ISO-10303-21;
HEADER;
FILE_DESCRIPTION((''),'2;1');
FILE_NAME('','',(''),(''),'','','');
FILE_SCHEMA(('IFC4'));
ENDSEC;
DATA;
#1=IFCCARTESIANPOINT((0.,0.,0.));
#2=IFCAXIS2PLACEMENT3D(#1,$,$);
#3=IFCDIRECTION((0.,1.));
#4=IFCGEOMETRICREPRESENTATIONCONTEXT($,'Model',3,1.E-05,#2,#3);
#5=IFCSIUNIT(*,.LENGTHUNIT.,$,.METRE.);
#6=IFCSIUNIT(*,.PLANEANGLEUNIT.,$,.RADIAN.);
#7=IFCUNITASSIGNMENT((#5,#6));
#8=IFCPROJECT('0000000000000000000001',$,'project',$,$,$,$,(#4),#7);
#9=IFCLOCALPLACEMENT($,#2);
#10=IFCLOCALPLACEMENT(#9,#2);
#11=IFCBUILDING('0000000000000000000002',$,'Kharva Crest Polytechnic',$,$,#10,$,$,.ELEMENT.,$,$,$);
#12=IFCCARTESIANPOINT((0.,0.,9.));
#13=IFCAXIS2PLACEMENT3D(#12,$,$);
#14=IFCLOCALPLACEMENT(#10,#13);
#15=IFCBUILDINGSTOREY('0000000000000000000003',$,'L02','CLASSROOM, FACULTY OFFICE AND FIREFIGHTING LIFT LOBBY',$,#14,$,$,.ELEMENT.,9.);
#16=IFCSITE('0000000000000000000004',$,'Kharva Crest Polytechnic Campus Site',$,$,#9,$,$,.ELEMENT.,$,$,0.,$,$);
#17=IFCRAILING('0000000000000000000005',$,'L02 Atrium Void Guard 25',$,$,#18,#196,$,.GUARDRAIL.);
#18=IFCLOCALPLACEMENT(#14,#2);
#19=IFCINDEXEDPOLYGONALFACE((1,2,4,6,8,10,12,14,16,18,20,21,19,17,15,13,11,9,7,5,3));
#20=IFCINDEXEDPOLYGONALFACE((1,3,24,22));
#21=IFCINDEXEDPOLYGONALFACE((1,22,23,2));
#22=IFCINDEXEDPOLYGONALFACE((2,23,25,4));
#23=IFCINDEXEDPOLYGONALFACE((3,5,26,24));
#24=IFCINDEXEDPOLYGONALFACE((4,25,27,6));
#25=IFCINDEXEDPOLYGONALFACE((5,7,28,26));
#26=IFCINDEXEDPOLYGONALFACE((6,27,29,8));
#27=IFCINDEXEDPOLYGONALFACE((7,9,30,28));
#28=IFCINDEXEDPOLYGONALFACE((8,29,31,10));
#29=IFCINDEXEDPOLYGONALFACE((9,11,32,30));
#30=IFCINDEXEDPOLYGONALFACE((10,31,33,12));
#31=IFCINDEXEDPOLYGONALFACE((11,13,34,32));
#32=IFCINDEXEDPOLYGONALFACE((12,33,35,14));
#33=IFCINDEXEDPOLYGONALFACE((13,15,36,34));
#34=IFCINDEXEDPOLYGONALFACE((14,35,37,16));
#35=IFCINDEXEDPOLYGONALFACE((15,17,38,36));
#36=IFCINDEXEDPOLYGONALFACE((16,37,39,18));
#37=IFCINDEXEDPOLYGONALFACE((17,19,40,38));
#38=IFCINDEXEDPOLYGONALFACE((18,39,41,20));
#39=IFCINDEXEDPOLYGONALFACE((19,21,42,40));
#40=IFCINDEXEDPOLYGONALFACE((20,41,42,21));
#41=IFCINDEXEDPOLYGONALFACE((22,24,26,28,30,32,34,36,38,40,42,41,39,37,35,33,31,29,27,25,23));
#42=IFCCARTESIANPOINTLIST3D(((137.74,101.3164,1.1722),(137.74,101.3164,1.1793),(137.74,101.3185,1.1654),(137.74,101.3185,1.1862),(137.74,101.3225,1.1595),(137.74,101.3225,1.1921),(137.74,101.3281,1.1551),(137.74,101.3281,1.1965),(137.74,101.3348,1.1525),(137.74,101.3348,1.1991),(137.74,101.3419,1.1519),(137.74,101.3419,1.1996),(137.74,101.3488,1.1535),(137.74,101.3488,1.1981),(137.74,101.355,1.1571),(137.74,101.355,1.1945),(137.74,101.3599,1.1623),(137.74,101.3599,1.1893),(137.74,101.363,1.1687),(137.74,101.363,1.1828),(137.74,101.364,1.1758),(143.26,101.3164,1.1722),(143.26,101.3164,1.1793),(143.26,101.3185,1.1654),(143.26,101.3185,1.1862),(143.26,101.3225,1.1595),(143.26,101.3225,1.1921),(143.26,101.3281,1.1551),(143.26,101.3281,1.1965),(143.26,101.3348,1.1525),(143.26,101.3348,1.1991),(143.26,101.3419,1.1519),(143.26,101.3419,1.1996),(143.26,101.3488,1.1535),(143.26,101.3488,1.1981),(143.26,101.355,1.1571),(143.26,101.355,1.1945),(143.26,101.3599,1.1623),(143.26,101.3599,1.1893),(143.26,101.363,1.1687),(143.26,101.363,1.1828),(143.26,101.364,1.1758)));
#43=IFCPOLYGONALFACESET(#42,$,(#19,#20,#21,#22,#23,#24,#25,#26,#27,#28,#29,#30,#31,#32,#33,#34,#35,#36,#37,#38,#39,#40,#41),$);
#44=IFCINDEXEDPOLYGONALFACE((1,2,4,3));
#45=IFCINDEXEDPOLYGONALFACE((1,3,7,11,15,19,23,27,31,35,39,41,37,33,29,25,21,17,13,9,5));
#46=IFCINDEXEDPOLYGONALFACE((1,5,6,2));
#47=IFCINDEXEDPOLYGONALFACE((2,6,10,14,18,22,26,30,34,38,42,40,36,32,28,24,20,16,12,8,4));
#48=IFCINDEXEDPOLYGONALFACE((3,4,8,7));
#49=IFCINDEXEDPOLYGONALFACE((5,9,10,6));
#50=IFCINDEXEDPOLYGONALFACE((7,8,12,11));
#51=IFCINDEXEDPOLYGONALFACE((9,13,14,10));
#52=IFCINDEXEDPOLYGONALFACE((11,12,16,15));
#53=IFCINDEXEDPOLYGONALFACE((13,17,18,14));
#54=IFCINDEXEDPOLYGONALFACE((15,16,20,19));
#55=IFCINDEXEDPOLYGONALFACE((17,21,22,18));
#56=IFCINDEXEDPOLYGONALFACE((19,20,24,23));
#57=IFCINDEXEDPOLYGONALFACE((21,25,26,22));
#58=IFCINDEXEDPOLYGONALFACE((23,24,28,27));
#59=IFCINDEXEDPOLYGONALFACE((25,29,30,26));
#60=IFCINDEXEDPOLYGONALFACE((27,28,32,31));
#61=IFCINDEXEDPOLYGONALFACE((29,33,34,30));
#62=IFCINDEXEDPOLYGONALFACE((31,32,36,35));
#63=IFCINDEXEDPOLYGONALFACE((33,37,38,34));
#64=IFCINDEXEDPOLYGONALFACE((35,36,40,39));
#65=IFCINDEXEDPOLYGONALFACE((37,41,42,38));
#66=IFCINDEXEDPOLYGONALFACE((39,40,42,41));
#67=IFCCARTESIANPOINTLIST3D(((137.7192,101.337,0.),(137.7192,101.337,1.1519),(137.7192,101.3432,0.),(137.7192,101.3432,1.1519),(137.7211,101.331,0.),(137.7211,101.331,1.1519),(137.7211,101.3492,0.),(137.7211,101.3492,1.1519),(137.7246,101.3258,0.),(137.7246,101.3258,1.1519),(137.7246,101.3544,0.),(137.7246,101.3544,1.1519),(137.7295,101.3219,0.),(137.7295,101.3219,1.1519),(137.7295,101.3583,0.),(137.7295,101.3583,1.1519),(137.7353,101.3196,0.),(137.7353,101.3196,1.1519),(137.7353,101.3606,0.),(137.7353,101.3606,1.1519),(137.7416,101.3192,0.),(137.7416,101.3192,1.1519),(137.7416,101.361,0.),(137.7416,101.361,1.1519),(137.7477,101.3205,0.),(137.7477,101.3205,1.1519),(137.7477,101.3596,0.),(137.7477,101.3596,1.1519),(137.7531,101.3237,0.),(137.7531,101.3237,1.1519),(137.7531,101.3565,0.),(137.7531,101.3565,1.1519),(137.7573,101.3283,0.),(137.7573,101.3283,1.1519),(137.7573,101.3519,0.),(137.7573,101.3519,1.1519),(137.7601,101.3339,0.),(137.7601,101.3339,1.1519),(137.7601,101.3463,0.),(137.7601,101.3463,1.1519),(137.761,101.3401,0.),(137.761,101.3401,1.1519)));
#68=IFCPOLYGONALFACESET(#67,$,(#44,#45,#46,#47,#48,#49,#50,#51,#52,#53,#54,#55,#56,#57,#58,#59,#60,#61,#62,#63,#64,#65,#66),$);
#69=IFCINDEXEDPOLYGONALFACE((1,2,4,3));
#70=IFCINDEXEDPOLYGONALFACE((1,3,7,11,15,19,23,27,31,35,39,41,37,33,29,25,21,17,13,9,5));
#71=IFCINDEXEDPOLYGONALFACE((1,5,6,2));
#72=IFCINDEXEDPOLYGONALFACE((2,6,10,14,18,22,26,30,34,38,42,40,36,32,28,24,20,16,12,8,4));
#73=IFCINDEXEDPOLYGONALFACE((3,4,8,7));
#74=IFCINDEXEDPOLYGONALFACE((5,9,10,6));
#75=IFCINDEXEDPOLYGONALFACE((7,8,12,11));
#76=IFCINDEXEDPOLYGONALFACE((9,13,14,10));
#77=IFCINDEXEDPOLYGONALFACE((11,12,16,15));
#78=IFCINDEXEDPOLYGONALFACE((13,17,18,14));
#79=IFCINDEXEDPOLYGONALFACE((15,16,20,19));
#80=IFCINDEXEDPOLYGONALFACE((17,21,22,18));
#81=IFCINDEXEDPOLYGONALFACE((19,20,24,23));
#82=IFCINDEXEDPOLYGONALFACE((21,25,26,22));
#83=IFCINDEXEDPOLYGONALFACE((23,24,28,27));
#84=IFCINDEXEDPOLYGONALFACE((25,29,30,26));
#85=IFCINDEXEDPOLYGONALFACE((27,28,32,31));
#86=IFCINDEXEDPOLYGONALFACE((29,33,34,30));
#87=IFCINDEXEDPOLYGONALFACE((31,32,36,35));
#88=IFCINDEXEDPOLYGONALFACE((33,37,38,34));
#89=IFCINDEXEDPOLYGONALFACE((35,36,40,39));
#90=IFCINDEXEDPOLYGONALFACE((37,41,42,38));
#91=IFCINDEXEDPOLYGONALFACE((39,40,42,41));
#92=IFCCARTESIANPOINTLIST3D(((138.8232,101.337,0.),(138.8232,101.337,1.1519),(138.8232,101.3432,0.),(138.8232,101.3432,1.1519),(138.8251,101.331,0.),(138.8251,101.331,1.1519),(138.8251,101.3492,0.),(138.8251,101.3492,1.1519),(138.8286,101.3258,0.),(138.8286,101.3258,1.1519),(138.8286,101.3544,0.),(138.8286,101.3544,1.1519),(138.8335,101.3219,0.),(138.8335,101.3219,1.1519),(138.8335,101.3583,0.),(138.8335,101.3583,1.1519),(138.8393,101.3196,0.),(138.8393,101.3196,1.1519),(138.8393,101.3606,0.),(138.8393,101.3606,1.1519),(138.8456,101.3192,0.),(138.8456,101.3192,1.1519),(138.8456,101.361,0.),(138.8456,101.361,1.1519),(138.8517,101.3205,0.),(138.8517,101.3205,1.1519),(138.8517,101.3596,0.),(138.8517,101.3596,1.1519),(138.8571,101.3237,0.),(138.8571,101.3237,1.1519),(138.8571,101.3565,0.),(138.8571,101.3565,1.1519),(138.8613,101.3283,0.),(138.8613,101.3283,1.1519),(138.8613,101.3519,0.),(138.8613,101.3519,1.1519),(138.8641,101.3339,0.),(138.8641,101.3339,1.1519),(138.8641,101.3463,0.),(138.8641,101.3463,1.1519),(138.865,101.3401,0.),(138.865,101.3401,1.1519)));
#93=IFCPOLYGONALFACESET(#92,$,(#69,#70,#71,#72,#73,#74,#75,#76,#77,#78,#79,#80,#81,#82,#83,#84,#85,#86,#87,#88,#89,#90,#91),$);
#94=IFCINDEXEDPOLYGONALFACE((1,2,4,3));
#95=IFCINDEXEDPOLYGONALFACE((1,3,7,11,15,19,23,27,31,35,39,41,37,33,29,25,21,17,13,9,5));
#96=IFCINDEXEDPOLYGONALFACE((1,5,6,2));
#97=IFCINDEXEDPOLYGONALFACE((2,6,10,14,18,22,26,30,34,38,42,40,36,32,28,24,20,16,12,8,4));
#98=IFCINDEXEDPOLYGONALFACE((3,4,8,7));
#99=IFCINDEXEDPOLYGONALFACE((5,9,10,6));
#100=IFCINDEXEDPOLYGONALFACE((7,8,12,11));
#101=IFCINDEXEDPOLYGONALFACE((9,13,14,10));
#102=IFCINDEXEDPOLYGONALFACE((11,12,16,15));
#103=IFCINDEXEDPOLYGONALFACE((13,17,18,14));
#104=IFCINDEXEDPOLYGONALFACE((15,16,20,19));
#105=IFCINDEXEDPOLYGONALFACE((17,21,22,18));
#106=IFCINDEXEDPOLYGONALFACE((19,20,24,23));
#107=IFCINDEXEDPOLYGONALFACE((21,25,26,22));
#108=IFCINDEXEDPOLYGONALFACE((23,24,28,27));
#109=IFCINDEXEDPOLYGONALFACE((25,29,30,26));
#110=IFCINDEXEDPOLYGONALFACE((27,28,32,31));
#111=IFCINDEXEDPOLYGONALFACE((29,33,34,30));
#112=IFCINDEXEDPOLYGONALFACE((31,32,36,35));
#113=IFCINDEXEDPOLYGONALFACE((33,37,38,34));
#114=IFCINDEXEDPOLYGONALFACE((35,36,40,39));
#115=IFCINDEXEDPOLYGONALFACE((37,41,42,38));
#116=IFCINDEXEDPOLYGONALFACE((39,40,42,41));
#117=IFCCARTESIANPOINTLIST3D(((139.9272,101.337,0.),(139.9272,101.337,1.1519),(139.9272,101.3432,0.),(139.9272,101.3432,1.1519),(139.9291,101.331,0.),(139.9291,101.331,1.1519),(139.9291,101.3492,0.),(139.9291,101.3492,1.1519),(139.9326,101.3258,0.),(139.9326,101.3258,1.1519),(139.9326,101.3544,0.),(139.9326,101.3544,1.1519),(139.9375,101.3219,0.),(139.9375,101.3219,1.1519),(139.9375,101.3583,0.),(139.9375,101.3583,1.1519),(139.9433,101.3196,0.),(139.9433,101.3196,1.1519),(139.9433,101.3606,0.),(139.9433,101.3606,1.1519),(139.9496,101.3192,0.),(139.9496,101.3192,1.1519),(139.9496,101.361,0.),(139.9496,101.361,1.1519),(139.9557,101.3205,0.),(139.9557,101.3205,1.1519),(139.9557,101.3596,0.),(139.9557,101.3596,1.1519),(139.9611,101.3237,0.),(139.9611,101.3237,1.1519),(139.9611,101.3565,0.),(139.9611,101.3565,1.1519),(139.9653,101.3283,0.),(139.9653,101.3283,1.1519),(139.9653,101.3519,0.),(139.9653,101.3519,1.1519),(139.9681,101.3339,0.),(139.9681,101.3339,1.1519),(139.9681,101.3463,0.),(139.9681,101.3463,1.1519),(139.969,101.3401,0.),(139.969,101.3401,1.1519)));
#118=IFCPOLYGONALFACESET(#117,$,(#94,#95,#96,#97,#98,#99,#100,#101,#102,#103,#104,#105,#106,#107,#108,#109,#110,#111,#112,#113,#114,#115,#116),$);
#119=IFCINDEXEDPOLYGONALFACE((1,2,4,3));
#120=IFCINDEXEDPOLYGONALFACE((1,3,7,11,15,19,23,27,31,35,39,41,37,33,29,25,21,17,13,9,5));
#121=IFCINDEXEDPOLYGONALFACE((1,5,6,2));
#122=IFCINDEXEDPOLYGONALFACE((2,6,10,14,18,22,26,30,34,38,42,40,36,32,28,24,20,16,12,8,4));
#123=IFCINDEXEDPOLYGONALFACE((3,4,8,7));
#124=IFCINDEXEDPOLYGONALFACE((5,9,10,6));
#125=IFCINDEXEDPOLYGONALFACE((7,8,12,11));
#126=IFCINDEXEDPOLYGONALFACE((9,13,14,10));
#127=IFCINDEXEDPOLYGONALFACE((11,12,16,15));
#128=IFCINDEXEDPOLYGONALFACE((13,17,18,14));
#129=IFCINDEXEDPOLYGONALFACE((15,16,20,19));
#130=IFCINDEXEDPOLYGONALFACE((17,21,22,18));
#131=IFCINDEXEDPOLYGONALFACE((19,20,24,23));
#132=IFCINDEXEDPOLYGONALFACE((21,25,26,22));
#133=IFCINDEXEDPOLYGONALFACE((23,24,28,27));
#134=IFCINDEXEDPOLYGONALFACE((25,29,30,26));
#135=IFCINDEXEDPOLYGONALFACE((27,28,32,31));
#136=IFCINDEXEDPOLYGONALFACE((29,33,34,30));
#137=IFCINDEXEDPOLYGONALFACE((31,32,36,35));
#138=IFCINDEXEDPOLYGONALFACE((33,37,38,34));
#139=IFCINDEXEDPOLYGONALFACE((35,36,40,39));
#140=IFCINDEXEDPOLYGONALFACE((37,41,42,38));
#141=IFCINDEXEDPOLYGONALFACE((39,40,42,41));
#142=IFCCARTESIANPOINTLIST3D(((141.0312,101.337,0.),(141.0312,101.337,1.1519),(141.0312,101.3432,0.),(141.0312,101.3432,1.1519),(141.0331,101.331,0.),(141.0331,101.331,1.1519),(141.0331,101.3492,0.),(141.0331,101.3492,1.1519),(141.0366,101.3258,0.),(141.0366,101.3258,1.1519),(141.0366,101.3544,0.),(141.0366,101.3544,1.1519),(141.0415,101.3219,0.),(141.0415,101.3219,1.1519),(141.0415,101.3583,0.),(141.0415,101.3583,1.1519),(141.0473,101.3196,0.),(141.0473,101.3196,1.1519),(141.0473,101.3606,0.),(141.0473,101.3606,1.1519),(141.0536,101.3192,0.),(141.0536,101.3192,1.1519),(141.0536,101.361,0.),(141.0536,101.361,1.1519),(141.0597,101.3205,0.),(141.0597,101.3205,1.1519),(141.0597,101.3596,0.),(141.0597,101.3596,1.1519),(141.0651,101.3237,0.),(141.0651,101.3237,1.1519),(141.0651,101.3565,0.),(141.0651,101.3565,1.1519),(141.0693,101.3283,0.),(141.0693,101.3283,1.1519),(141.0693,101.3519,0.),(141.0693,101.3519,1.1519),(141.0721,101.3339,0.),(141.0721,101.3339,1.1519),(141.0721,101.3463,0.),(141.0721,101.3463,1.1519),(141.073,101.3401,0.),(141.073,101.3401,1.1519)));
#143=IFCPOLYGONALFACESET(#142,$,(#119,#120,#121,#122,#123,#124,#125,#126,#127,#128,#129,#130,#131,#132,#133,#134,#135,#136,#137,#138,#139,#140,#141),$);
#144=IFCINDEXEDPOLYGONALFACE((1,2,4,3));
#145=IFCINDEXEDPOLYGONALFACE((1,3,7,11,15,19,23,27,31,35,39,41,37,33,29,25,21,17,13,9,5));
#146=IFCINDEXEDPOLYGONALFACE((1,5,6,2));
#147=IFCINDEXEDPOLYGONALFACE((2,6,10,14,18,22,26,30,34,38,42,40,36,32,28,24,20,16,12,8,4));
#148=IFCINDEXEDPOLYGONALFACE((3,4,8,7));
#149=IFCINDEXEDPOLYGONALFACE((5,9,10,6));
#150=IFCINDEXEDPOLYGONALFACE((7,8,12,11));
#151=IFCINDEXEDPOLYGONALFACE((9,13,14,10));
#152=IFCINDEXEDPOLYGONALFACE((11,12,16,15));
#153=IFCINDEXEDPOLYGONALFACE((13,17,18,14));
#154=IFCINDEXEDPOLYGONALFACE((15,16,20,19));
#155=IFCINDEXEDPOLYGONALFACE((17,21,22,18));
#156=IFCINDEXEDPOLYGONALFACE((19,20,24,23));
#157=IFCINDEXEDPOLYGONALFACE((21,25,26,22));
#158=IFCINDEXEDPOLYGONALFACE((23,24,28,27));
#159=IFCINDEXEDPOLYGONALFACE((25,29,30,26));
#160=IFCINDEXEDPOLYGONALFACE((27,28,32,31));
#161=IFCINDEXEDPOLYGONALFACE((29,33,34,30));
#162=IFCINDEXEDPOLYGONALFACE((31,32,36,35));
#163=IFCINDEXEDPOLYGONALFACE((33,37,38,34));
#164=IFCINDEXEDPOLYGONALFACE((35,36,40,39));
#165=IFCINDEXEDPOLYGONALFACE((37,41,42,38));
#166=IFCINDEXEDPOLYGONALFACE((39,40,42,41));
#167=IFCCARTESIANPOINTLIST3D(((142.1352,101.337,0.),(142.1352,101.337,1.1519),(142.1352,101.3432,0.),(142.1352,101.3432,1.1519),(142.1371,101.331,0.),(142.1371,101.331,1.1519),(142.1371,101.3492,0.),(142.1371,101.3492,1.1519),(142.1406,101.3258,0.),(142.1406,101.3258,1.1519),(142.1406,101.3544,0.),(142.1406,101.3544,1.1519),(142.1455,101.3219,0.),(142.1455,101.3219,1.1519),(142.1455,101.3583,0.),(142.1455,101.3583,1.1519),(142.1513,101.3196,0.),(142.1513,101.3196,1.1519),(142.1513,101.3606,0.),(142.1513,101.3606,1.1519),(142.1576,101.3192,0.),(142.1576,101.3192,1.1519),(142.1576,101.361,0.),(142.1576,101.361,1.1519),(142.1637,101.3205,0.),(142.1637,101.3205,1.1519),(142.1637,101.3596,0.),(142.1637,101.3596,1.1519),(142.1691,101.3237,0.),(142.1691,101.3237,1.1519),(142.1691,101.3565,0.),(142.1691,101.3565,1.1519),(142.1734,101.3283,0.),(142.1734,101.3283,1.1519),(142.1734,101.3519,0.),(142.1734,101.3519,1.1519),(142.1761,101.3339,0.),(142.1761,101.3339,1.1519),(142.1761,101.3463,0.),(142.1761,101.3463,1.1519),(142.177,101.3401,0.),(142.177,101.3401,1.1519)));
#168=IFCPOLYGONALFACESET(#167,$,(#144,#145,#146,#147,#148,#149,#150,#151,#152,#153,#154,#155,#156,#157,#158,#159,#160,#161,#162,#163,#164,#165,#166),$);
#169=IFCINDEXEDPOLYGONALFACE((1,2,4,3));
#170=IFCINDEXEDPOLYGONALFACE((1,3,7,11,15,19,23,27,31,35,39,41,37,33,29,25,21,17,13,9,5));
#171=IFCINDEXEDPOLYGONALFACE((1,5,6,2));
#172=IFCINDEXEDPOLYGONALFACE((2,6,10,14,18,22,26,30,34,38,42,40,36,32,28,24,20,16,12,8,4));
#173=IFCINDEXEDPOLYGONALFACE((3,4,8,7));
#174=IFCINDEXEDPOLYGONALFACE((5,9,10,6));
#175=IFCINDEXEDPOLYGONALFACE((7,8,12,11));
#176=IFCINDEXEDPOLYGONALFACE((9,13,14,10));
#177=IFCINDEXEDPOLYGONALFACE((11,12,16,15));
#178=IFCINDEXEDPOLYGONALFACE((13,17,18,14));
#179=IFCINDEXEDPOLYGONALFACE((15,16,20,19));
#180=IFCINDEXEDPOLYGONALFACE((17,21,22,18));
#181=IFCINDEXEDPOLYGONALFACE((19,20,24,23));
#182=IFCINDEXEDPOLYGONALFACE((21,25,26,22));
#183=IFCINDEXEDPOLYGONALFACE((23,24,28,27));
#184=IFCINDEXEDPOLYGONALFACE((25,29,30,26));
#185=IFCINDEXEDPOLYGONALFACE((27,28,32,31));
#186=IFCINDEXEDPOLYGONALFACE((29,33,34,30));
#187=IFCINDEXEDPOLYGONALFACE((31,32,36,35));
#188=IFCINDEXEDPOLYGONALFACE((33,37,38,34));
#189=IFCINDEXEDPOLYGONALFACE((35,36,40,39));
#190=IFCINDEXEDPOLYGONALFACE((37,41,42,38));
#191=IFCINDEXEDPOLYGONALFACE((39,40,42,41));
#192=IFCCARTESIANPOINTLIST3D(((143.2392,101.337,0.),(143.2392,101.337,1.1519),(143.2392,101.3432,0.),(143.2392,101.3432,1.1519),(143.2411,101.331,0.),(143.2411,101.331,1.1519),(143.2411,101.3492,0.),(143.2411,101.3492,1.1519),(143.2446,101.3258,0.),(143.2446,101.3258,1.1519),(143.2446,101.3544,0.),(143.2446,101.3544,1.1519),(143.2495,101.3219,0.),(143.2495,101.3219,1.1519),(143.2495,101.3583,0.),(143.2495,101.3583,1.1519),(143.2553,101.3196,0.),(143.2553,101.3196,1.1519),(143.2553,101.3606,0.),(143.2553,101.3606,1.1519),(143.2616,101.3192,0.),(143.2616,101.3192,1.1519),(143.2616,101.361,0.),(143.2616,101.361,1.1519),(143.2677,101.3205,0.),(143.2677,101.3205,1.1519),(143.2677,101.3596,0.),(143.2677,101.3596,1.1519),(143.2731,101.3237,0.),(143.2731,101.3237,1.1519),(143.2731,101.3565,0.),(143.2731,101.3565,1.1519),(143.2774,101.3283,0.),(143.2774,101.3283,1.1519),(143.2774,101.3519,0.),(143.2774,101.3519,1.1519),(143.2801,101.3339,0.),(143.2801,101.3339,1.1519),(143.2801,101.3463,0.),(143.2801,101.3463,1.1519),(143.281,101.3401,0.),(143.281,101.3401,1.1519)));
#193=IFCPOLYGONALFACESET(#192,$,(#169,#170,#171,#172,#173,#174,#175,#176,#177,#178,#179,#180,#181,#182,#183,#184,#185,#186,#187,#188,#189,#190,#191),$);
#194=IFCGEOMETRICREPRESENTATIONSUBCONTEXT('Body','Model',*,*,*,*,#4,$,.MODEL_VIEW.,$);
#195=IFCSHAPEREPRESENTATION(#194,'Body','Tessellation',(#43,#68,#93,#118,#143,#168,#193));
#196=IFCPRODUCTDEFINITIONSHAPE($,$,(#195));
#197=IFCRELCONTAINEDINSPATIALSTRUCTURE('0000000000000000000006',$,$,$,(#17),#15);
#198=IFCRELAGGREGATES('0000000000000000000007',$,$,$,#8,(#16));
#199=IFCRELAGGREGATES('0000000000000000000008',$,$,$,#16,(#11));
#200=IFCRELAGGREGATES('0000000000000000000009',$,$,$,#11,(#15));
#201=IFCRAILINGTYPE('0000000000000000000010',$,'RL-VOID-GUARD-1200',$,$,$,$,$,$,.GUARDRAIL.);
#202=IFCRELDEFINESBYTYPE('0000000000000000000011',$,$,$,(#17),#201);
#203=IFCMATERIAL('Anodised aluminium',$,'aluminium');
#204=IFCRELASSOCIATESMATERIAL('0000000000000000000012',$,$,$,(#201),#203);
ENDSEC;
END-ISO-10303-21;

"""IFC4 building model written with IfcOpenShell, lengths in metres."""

from ifc_helpers import new_model, si_unit, direction, frame, origin, origin_2d, place, context, subcontext, project, spatial, circle, extrude, material, type_object, element, save


model = new_model("IFC4")

# Units and contexts
model_context = context("Model", 3, precision=1e-05, world=origin(), true_north=direction((0.0, 1.0)))
body_context = subcontext(model_context, "Body", "Model", "MODEL_VIEW")
ifc_project = project(units=[si_unit("LENGTHUNIT", "METRE"), si_unit("PLANEANGLEUNIT", "RADIAN")], contexts=[model_context])

# Site, building, storey
site_placement = place(None, origin())
site = spatial("IfcSite", under=ifc_project, at=site_placement, Name="Kharva Crest Polytechnic Campus Site", CompositionType="ELEMENT", RefElevation=0.0)
building_placement = place(site_placement, origin())
building = spatial("IfcBuilding", under=site, at=building_placement, Name="Kharva Crest Polytechnic", CompositionType="ELEMENT")
storey_placement = place(building_placement, frame((0.0, 0.0, 9.0)))
storey = spatial("IfcBuildingStorey", under=building, at=storey_placement, Name="L02", Description="CLASSROOM, FACULTY OFFICE AND FIREFIGHTING LIFT LOBBY", CompositionType="ELEMENT", Elevation=9.0)

# Shared definitions
ifc_material_1 = material(Name="Anodised aluminium", Category="aluminium")

# Railing
railing_type = type_object("IfcRailingType", Name="RL-VOID-GUARD-1200", PredefinedType="GUARDRAIL", material=ifc_material_1)
railing_1_placement = place(storey_placement, frame((137.74, 101.3401, 0.0)))
element("IfcRailing", 1, at=railing_1_placement, inside=storey, type_object=railing_type, Name="L02 Atrium Void Guard 25", PredefinedType="GUARDRAIL", context=body_context, shape_type="SweptSolid", body=[
    extrude(circle(Radius=0.0239, at=origin_2d()), frame((0.0, 0.0, 1.1758), z_axis=(1.0, 0.0, 0.0), x_axis=(0.0, 1.0, 0.0)), (0.0, 0.0, 1.0), 5.52),
    extrude(circle(Radius=0.021, at=origin_2d()), origin(), (0.0, 0.0, 1.0), 1.1519),
    extrude(circle(Radius=0.021, at=origin_2d()), frame((1.104, 0.0, 0.0)), (0.0, 0.0, 1.0), 1.1519),
    extrude(circle(Radius=0.021, at=origin_2d()), frame((2.208, 0.0, 0.0)), (0.0, 0.0, 1.0), 1.1519),
    extrude(circle(Radius=0.021, at=origin_2d()), frame((3.312, 0.0, 0.0)), (0.0, 0.0, 1.0), 1.1519),
    extrude(circle(Radius=0.021, at=origin_2d()), frame((4.416, 0.0, 0.0)), (0.0, 0.0, 1.0), 1.1519),
    extrude(circle(Radius=0.021, at=origin_2d()), frame((5.52, 0.0, 0.0)), (0.0, 0.0, 1.0), 1.1519),
])

save(model, "model.ifc")
